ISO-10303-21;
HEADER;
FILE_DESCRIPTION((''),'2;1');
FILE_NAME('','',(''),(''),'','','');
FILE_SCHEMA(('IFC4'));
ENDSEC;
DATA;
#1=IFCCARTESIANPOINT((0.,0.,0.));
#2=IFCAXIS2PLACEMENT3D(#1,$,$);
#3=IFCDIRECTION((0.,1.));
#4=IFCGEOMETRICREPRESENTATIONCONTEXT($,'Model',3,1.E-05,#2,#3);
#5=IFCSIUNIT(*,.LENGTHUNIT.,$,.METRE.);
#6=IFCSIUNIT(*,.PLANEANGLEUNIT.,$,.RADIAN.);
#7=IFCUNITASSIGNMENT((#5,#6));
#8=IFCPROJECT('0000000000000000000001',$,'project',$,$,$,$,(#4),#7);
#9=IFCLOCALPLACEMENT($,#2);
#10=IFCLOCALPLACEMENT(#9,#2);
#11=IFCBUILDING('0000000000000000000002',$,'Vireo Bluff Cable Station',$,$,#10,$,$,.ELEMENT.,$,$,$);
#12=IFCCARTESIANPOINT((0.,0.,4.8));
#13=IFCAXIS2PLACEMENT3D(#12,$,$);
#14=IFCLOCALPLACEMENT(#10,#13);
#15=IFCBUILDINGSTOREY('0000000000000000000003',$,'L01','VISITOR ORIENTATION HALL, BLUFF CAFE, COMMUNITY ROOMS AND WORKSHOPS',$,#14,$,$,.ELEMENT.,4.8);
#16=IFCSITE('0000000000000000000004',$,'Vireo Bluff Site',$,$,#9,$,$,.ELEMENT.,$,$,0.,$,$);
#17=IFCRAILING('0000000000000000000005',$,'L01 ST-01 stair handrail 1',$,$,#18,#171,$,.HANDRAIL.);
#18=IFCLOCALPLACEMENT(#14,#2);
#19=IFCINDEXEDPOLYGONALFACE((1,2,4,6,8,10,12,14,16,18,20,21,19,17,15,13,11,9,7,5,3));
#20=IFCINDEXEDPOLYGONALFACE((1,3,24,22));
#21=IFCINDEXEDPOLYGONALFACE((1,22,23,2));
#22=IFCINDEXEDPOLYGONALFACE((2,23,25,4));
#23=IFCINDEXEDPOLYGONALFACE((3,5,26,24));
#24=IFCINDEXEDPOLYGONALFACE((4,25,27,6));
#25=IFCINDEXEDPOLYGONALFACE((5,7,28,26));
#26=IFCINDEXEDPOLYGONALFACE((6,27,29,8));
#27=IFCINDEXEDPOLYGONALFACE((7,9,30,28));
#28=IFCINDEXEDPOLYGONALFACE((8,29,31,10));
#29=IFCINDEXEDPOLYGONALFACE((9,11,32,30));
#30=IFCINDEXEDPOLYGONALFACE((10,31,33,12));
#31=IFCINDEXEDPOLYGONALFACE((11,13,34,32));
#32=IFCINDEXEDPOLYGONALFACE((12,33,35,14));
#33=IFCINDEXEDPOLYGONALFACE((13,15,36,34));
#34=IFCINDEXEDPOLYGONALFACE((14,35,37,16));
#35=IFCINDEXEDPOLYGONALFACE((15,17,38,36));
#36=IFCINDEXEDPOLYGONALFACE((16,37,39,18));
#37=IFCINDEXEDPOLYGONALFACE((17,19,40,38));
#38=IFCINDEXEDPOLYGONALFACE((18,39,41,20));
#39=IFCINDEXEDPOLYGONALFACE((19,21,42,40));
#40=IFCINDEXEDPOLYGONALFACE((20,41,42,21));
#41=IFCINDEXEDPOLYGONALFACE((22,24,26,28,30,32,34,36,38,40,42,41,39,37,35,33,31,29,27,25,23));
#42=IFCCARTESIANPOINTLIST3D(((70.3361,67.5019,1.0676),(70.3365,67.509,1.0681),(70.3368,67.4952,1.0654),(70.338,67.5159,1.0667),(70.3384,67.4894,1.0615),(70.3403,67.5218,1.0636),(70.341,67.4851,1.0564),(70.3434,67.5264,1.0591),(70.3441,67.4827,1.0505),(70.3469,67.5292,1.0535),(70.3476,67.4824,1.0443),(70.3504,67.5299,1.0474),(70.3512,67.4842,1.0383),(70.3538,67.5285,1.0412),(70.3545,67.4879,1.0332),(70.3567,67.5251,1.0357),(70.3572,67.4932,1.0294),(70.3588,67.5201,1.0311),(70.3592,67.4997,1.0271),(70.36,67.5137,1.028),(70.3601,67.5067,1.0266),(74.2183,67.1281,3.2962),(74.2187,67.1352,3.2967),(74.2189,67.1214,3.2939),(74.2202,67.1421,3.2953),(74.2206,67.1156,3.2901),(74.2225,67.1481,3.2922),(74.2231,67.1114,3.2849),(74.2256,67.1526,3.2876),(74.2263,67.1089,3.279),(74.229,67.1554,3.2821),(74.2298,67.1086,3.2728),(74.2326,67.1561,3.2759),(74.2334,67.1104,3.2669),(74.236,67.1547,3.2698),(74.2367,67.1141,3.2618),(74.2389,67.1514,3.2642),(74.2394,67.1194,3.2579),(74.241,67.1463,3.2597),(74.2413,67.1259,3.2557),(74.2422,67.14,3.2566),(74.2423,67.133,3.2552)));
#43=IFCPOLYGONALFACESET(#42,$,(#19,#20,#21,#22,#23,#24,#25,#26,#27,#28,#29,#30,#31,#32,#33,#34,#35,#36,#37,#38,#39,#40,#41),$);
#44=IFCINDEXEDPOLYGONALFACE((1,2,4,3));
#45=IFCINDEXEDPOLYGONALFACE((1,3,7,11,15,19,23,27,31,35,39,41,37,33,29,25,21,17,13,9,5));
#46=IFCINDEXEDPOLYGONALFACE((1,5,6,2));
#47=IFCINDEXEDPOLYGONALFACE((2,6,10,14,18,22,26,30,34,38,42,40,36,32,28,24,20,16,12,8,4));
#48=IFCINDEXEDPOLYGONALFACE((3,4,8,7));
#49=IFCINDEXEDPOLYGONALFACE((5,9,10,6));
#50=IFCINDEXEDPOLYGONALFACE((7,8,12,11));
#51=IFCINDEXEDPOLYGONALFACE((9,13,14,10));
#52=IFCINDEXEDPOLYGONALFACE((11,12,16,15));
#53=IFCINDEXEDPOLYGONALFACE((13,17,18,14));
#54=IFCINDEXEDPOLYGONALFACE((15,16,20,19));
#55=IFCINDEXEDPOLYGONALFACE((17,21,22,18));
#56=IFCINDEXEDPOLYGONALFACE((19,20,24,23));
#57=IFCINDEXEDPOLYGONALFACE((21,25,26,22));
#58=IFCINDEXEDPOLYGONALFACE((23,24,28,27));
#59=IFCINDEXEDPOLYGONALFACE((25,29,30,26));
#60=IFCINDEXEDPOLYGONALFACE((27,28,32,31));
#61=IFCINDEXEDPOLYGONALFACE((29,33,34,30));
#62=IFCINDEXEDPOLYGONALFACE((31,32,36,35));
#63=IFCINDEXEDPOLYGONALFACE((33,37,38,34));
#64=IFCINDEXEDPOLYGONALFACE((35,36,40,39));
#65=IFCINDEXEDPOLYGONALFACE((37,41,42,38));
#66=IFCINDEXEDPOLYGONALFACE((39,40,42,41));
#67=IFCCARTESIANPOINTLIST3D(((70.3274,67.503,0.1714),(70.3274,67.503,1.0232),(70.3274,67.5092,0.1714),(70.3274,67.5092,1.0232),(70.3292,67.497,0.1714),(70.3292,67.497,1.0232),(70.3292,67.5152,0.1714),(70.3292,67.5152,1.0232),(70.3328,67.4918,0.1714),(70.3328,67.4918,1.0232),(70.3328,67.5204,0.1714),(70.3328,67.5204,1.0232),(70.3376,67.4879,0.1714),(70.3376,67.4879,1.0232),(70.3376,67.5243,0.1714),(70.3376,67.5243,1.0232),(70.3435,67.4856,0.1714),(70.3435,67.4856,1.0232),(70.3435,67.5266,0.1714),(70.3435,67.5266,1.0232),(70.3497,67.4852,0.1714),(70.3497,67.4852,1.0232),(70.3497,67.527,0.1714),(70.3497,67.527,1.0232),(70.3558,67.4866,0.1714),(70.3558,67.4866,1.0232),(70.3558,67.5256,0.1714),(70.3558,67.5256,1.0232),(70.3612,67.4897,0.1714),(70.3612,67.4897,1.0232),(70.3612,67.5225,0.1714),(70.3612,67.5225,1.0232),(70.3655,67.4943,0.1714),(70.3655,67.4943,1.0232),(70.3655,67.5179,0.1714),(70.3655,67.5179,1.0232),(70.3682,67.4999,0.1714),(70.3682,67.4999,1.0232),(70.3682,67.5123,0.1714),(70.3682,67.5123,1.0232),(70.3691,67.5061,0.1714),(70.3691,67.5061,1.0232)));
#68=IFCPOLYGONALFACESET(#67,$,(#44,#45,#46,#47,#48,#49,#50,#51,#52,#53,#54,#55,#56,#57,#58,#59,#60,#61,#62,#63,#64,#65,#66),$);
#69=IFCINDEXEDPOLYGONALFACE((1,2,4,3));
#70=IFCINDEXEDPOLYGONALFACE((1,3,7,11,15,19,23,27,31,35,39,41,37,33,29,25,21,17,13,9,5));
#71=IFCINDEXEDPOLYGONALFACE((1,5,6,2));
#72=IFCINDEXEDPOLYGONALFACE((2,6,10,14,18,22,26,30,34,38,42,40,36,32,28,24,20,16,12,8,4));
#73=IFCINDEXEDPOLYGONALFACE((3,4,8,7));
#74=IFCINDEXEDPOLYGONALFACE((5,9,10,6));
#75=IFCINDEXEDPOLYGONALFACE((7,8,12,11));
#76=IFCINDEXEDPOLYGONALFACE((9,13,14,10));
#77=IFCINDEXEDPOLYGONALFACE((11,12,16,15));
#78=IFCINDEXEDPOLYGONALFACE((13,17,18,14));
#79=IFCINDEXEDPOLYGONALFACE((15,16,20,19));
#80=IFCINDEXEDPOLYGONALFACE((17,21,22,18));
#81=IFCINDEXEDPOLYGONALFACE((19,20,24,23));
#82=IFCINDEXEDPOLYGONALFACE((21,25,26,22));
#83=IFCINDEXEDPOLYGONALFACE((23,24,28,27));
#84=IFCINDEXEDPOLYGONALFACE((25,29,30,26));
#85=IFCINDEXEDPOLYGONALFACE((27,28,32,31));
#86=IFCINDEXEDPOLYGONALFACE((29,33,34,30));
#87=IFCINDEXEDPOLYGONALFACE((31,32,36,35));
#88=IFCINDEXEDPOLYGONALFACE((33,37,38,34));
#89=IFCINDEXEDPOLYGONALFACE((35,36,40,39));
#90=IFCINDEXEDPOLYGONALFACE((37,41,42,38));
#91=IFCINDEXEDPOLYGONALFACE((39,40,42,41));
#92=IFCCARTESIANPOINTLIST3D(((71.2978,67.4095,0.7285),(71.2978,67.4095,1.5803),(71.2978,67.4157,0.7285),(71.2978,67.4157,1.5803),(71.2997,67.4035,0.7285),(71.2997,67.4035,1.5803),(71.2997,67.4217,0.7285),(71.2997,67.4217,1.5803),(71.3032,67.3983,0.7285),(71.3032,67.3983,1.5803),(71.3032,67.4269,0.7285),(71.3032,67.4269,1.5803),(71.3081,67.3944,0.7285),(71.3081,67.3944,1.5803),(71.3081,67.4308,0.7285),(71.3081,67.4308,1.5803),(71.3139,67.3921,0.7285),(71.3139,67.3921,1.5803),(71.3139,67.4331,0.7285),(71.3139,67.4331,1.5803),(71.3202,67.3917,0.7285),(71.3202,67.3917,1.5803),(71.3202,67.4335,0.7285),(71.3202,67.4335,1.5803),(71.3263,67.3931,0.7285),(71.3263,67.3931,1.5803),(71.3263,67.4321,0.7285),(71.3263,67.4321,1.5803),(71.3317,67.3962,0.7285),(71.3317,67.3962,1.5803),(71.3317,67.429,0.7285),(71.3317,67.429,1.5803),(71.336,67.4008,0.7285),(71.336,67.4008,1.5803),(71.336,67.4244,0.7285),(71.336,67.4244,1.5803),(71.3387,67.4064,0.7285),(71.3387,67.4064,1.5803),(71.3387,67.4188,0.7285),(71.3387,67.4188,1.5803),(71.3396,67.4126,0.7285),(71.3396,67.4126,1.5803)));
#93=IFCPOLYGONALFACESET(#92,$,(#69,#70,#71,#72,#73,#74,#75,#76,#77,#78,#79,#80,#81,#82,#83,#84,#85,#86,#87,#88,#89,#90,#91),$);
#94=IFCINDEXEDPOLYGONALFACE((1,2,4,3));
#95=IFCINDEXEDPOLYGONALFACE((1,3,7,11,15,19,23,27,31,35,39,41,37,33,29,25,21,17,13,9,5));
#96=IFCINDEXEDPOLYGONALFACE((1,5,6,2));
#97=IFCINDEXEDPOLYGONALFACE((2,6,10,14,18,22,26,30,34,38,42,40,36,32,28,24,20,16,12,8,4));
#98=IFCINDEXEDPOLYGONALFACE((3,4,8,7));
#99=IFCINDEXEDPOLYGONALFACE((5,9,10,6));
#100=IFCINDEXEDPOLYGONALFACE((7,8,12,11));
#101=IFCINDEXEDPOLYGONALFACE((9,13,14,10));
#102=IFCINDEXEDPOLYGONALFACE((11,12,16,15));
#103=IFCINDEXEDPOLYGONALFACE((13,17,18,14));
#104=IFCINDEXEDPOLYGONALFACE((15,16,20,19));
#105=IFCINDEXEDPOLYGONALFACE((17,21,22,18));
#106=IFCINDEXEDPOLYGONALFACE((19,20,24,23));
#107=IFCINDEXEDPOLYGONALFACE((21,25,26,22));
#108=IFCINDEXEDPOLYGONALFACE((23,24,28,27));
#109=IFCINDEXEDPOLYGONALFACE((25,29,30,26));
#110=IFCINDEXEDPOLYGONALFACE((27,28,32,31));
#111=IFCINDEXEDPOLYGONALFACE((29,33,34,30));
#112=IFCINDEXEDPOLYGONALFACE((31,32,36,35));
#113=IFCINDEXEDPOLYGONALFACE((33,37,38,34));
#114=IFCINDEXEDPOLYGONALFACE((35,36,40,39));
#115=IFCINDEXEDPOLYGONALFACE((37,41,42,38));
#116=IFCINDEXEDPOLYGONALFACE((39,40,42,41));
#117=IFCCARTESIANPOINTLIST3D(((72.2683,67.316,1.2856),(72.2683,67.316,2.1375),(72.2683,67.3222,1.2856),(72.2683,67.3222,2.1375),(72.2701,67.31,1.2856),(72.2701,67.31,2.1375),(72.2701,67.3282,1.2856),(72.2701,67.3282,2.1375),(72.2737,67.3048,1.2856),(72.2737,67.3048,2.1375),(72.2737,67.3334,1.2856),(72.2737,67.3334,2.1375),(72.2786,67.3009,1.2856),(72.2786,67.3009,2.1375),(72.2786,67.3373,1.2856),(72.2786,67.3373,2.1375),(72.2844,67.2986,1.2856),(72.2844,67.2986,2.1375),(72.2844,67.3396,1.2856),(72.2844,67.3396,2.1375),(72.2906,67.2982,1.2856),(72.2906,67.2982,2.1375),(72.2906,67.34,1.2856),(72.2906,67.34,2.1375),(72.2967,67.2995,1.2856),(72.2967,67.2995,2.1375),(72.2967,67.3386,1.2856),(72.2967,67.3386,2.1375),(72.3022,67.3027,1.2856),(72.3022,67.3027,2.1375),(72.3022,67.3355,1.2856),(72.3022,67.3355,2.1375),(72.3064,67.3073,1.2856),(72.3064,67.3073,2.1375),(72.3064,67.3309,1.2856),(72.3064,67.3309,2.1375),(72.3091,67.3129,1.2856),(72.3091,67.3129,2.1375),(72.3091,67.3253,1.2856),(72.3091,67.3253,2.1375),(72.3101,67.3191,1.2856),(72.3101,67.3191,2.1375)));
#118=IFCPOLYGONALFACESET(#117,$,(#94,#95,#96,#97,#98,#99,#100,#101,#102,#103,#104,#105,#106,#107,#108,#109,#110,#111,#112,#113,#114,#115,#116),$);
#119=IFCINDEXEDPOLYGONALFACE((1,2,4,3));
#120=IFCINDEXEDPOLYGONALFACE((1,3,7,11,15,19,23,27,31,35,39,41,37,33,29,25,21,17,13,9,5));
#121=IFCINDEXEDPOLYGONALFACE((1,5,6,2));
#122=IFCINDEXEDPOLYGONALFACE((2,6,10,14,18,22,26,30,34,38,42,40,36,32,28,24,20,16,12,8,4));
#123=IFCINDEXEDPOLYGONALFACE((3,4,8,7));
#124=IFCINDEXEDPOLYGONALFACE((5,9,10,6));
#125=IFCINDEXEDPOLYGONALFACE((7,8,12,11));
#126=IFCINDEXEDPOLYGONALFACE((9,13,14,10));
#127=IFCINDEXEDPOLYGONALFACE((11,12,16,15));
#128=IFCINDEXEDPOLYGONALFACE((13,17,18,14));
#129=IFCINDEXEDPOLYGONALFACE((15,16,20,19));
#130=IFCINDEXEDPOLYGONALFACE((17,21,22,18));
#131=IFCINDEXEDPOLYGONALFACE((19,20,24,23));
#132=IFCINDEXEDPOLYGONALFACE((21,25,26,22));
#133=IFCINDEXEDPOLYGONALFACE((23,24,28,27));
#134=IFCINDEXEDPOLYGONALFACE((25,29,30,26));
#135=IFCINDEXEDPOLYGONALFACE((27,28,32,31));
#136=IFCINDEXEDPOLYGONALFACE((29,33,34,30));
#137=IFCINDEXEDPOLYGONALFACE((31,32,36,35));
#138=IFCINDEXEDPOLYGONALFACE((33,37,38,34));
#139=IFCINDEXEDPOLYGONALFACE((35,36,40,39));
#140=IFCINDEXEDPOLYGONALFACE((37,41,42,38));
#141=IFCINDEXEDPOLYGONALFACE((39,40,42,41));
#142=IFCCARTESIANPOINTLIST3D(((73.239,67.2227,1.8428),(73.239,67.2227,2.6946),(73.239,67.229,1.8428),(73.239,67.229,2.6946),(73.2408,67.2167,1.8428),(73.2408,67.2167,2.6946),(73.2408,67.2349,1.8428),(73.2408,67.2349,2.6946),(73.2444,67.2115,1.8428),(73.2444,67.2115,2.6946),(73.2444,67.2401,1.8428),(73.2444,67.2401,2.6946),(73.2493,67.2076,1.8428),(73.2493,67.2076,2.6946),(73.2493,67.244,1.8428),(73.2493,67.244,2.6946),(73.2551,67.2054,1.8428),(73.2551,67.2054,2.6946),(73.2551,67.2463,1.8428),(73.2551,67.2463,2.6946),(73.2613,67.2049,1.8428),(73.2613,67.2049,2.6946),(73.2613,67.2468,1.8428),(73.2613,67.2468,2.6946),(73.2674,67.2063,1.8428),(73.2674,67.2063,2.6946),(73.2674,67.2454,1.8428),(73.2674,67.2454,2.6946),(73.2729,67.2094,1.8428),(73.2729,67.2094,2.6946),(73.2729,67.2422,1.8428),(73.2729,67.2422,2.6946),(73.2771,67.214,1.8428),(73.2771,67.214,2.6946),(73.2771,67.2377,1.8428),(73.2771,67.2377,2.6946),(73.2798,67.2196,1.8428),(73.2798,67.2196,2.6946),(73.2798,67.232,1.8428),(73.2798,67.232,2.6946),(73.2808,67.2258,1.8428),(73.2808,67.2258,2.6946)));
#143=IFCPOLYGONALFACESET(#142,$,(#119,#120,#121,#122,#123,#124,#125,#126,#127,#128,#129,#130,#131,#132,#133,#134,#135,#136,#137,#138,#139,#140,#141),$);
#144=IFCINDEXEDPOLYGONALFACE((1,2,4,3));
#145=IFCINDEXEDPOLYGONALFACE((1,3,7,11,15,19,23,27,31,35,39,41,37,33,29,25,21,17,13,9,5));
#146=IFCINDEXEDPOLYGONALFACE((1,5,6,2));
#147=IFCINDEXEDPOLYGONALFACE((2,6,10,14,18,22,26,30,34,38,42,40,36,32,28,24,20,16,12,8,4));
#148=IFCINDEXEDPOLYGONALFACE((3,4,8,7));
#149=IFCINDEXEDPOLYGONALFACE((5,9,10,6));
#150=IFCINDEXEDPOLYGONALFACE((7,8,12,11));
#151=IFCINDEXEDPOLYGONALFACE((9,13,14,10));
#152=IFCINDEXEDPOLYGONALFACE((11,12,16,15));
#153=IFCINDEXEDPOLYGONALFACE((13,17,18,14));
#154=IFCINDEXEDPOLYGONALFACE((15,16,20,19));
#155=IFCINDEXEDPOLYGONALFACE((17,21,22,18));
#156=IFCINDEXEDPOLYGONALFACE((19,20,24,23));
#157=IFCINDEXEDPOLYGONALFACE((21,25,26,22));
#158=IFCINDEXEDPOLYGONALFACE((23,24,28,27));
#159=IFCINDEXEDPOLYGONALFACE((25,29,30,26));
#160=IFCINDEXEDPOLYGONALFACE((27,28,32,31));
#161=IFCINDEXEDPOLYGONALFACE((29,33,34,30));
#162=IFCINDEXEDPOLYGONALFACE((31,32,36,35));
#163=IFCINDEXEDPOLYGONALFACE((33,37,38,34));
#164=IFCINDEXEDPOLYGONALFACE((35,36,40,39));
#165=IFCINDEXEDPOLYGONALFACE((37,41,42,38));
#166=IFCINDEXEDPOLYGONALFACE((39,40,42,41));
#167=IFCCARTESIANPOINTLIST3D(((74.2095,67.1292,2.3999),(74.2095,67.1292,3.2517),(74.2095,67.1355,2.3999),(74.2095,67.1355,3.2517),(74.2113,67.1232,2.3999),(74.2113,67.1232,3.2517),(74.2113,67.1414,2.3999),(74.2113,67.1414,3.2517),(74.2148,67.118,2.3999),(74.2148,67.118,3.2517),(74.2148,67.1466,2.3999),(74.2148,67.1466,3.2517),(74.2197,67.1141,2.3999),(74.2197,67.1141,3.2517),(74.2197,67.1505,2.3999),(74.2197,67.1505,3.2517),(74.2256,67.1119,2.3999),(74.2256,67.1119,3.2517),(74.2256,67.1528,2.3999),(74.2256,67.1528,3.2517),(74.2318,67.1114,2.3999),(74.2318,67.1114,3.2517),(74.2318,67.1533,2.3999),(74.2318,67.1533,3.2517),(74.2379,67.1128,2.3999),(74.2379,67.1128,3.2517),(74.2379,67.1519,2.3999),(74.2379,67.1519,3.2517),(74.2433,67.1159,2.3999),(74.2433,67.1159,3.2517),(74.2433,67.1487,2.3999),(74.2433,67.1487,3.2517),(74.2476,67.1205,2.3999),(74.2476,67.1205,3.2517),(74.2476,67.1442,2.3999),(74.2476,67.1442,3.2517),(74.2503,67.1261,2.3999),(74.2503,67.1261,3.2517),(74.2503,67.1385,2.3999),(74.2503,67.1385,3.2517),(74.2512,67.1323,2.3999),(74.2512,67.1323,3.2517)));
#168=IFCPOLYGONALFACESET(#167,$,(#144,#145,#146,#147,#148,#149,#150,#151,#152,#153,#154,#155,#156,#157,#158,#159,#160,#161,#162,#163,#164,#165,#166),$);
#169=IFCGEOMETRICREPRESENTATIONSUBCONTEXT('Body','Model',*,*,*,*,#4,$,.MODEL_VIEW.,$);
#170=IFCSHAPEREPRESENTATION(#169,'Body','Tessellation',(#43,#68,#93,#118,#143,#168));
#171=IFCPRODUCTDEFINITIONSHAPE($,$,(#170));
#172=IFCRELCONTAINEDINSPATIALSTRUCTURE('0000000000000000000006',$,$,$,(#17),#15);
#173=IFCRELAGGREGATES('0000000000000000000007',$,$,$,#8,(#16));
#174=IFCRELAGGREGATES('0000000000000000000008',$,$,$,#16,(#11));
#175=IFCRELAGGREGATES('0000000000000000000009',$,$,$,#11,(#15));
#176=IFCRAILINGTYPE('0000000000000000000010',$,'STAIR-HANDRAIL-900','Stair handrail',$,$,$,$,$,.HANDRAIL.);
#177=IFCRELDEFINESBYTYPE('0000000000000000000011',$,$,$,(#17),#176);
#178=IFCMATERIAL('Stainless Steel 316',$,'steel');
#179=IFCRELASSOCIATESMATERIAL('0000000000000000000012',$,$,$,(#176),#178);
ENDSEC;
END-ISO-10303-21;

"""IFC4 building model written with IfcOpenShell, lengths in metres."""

from ifc_helpers import new_model, si_unit, direction, frame, origin, origin_2d, place, context, subcontext, project, spatial, circle, extrude, material, type_object, element, save


model = new_model("IFC4")

# Units and contexts
model_context = context("Model", 3, precision=1e-05, world=origin(), true_north=direction((0.0, 1.0)))
body_context = subcontext(model_context, "Body", "Model", "MODEL_VIEW")
ifc_project = project(units=[si_unit("LENGTHUNIT", "METRE"), si_unit("PLANEANGLEUNIT", "RADIAN")], contexts=[model_context])

# Site, building, storey
site_placement = place(None, origin())
site = spatial("IfcSite", under=ifc_project, at=site_placement, Name="Vireo Bluff Site", CompositionType="ELEMENT", RefElevation=0.0)
building_placement = place(site_placement, origin())
building = spatial("IfcBuilding", under=site, at=building_placement, Name="Vireo Bluff Cable Station", CompositionType="ELEMENT")
storey_placement = place(building_placement, frame((0.0, 0.0, 4.8)))
storey = spatial("IfcBuildingStorey", under=building, at=storey_placement, Name="L01", Description="VISITOR ORIENTATION HALL, BLUFF CAFE, COMMUNITY ROOMS AND WORKSHOPS", CompositionType="ELEMENT", Elevation=4.8)

# Shared definitions
ifc_material_1 = material(Name="Stainless Steel 316", Category="steel")

# Railing
railing_type_1 = type_object("IfcRailingType", Name="STAIR-HANDRAIL-900", Description="Stair handrail", PredefinedType="HANDRAIL", material=ifc_material_1)
railing_1_placement = place(storey_placement, frame((70.3481, 67.5061, 0.1714)))
element("IfcRailing", 1, at=railing_1_placement, inside=storey, type_object=railing_type_1, Name="L01 ST-01 stair handrail 1", PredefinedType="HANDRAIL", context=body_context, shape_type="SweptSolid", body=[
    extrude(circle(Radius=0.0239, at=origin_2d()), frame((0.0, 0.0, 0.876), z_axis=(0.864254, -0.083213, 0.496126), x_axis=(0.09584, 0.995397, 0.0)), (0.0, 0.0, 1.0), 4.4919),
    extrude(circle(Radius=0.021, at=origin_2d()), origin(), (0.0, 0.0, 1.0), 0.8518),
    extrude(circle(Radius=0.021, at=origin_2d()), frame((0.9705, -0.0935, 0.5571)), (0.0, 0.0, 1.0), 0.8518),
    extrude(circle(Radius=0.021, at=origin_2d()), frame((1.9409, -0.187, 1.1143)), (0.0, 0.0, 1.0), 0.8518),
    extrude(circle(Radius=0.021, at=origin_2d()), frame((2.9116, -0.2803, 1.6714)), (0.0, 0.0, 1.0), 0.8518),
    extrude(circle(Radius=0.021, at=origin_2d()), frame((3.8821, -0.3738, 2.2285)), (0.0, 0.0, 1.0), 0.8518),
])

save(model, "model.ifc")
